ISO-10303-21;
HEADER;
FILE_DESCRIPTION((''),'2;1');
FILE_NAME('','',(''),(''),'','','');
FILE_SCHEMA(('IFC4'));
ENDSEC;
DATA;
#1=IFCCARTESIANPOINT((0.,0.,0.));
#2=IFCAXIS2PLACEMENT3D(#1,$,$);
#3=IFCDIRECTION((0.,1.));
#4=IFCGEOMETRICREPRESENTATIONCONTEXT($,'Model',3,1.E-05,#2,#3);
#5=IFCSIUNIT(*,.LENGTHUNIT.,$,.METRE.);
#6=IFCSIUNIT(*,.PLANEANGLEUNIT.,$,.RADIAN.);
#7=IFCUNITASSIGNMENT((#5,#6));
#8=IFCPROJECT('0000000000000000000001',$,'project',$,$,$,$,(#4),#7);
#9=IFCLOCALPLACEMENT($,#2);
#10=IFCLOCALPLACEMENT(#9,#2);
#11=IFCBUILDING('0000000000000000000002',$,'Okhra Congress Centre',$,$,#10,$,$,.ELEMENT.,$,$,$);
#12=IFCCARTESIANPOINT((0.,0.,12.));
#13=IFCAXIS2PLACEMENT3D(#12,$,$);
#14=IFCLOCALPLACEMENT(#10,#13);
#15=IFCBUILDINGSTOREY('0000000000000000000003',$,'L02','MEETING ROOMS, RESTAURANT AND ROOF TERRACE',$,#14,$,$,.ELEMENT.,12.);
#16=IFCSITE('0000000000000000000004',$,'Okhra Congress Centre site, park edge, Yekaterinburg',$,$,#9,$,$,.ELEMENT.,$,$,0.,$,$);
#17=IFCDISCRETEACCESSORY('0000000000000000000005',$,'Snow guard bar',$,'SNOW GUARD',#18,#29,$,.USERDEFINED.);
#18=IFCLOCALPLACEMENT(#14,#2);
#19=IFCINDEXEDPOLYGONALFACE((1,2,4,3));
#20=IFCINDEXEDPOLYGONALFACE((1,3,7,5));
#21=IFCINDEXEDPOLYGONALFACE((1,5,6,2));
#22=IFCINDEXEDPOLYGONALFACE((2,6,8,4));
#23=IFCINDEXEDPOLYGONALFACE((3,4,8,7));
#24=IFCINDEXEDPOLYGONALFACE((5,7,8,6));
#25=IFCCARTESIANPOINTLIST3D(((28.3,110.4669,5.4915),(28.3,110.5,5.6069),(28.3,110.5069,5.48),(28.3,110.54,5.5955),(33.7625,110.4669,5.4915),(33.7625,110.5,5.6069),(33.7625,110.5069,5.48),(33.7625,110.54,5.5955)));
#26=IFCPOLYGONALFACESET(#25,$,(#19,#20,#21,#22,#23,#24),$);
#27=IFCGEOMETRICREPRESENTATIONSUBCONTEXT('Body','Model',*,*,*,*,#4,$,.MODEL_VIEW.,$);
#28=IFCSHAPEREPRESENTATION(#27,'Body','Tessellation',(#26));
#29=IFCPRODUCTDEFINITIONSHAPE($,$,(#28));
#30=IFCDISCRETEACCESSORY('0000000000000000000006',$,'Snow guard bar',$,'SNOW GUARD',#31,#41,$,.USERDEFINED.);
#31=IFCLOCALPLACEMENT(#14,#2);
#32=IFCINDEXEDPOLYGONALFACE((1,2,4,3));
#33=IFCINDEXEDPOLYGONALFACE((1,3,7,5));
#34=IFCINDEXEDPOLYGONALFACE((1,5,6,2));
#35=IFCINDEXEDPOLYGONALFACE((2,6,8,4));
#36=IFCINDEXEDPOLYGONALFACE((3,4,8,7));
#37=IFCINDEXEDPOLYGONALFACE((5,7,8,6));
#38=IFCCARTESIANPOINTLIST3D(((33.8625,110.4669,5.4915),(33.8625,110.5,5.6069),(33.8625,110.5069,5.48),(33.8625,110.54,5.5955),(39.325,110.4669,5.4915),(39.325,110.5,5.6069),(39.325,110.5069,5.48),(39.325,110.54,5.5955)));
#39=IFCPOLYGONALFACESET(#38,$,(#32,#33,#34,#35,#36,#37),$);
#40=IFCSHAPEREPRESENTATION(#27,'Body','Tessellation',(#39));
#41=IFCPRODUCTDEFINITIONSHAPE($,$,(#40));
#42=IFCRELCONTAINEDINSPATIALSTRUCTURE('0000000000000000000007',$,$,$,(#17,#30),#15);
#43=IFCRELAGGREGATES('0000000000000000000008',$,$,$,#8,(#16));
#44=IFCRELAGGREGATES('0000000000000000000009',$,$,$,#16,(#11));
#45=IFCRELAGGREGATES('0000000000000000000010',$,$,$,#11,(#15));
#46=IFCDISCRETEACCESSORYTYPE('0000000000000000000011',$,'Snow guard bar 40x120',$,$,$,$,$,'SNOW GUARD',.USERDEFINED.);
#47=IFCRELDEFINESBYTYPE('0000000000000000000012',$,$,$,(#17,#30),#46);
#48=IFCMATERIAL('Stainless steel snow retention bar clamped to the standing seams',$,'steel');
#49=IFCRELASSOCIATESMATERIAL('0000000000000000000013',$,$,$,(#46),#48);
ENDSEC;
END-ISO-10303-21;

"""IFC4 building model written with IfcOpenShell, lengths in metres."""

from ifc_helpers import new_model, si_unit, direction, frame, origin, place, context, subcontext, project, spatial, polyline, outline, extrude, material, type_object, element, save


model = new_model("IFC4")

# Units and contexts
model_context = context("Model", 3, precision=1e-05, world=origin(), true_north=direction((0.0, 1.0)))
body_context = subcontext(model_context, "Body", "Model", "MODEL_VIEW")
ifc_project = project(units=[si_unit("LENGTHUNIT", "METRE"), si_unit("PLANEANGLEUNIT", "RADIAN")], contexts=[model_context])

# Site, building, storey
site_placement = place(None, origin())
site = spatial("IfcSite", under=ifc_project, at=site_placement, Name="Okhra Congress Centre site, park edge, Yekaterinburg", CompositionType="ELEMENT", RefElevation=0.0)
building_placement = place(site_placement, origin())
building = spatial("IfcBuilding", under=site, at=building_placement, Name="Okhra Congress Centre", CompositionType="ELEMENT")
storey_placement = place(building_placement, frame((0.0, 0.0, 12.0)))
storey = spatial("IfcBuildingStorey", under=building, at=storey_placement, Name="L02", Description="MEETING ROOMS, RESTAURANT AND ROOF TERRACE", CompositionType="ELEMENT", Elevation=12.0)

# Discrete accessories
ifc_material_1 = material(Name="Stainless steel snow retention bar clamped to the standing seams", Category="steel")
discrete_accessory_type_1 = type_object("IfcDiscreteAccessoryType", Name="Snow guard bar 40x120", ElementType="SNOW GUARD", PredefinedType="USERDEFINED", material=ifc_material_1)
for number, where, z_axis, x_axis, name in (
    (1, (28.3, 110.5, 5.6069), (0.0, 0.275495, 0.961302), (1.0, 0.0, 0.0), "Snow guard bar"),
    (2, (33.8625, 110.5, 5.6069), (0.0, 0.275495, 0.961302), (1.0, 0.0, 0.0), "Snow guard bar"),
):
    element("IfcDiscreteAccessory", number, at=place(storey_placement, frame(where, z_axis=z_axis, x_axis=x_axis)), inside=storey, type_object=discrete_accessory_type_1, Name=name, ObjectType="SNOW GUARD", PredefinedType="USERDEFINED", context=body_context, shape_type="SweptSolid", body=[
        extrude(outline(polyline([(0.0, 0.0), (5.4624, 0.0), (5.4624, 0.0417), (0.0, 0.0417), (0.0, 0.0)])), origin(), (0.0, 0.0, -1.0), 0.1201),
    ])

save(model, "model.ifc")
